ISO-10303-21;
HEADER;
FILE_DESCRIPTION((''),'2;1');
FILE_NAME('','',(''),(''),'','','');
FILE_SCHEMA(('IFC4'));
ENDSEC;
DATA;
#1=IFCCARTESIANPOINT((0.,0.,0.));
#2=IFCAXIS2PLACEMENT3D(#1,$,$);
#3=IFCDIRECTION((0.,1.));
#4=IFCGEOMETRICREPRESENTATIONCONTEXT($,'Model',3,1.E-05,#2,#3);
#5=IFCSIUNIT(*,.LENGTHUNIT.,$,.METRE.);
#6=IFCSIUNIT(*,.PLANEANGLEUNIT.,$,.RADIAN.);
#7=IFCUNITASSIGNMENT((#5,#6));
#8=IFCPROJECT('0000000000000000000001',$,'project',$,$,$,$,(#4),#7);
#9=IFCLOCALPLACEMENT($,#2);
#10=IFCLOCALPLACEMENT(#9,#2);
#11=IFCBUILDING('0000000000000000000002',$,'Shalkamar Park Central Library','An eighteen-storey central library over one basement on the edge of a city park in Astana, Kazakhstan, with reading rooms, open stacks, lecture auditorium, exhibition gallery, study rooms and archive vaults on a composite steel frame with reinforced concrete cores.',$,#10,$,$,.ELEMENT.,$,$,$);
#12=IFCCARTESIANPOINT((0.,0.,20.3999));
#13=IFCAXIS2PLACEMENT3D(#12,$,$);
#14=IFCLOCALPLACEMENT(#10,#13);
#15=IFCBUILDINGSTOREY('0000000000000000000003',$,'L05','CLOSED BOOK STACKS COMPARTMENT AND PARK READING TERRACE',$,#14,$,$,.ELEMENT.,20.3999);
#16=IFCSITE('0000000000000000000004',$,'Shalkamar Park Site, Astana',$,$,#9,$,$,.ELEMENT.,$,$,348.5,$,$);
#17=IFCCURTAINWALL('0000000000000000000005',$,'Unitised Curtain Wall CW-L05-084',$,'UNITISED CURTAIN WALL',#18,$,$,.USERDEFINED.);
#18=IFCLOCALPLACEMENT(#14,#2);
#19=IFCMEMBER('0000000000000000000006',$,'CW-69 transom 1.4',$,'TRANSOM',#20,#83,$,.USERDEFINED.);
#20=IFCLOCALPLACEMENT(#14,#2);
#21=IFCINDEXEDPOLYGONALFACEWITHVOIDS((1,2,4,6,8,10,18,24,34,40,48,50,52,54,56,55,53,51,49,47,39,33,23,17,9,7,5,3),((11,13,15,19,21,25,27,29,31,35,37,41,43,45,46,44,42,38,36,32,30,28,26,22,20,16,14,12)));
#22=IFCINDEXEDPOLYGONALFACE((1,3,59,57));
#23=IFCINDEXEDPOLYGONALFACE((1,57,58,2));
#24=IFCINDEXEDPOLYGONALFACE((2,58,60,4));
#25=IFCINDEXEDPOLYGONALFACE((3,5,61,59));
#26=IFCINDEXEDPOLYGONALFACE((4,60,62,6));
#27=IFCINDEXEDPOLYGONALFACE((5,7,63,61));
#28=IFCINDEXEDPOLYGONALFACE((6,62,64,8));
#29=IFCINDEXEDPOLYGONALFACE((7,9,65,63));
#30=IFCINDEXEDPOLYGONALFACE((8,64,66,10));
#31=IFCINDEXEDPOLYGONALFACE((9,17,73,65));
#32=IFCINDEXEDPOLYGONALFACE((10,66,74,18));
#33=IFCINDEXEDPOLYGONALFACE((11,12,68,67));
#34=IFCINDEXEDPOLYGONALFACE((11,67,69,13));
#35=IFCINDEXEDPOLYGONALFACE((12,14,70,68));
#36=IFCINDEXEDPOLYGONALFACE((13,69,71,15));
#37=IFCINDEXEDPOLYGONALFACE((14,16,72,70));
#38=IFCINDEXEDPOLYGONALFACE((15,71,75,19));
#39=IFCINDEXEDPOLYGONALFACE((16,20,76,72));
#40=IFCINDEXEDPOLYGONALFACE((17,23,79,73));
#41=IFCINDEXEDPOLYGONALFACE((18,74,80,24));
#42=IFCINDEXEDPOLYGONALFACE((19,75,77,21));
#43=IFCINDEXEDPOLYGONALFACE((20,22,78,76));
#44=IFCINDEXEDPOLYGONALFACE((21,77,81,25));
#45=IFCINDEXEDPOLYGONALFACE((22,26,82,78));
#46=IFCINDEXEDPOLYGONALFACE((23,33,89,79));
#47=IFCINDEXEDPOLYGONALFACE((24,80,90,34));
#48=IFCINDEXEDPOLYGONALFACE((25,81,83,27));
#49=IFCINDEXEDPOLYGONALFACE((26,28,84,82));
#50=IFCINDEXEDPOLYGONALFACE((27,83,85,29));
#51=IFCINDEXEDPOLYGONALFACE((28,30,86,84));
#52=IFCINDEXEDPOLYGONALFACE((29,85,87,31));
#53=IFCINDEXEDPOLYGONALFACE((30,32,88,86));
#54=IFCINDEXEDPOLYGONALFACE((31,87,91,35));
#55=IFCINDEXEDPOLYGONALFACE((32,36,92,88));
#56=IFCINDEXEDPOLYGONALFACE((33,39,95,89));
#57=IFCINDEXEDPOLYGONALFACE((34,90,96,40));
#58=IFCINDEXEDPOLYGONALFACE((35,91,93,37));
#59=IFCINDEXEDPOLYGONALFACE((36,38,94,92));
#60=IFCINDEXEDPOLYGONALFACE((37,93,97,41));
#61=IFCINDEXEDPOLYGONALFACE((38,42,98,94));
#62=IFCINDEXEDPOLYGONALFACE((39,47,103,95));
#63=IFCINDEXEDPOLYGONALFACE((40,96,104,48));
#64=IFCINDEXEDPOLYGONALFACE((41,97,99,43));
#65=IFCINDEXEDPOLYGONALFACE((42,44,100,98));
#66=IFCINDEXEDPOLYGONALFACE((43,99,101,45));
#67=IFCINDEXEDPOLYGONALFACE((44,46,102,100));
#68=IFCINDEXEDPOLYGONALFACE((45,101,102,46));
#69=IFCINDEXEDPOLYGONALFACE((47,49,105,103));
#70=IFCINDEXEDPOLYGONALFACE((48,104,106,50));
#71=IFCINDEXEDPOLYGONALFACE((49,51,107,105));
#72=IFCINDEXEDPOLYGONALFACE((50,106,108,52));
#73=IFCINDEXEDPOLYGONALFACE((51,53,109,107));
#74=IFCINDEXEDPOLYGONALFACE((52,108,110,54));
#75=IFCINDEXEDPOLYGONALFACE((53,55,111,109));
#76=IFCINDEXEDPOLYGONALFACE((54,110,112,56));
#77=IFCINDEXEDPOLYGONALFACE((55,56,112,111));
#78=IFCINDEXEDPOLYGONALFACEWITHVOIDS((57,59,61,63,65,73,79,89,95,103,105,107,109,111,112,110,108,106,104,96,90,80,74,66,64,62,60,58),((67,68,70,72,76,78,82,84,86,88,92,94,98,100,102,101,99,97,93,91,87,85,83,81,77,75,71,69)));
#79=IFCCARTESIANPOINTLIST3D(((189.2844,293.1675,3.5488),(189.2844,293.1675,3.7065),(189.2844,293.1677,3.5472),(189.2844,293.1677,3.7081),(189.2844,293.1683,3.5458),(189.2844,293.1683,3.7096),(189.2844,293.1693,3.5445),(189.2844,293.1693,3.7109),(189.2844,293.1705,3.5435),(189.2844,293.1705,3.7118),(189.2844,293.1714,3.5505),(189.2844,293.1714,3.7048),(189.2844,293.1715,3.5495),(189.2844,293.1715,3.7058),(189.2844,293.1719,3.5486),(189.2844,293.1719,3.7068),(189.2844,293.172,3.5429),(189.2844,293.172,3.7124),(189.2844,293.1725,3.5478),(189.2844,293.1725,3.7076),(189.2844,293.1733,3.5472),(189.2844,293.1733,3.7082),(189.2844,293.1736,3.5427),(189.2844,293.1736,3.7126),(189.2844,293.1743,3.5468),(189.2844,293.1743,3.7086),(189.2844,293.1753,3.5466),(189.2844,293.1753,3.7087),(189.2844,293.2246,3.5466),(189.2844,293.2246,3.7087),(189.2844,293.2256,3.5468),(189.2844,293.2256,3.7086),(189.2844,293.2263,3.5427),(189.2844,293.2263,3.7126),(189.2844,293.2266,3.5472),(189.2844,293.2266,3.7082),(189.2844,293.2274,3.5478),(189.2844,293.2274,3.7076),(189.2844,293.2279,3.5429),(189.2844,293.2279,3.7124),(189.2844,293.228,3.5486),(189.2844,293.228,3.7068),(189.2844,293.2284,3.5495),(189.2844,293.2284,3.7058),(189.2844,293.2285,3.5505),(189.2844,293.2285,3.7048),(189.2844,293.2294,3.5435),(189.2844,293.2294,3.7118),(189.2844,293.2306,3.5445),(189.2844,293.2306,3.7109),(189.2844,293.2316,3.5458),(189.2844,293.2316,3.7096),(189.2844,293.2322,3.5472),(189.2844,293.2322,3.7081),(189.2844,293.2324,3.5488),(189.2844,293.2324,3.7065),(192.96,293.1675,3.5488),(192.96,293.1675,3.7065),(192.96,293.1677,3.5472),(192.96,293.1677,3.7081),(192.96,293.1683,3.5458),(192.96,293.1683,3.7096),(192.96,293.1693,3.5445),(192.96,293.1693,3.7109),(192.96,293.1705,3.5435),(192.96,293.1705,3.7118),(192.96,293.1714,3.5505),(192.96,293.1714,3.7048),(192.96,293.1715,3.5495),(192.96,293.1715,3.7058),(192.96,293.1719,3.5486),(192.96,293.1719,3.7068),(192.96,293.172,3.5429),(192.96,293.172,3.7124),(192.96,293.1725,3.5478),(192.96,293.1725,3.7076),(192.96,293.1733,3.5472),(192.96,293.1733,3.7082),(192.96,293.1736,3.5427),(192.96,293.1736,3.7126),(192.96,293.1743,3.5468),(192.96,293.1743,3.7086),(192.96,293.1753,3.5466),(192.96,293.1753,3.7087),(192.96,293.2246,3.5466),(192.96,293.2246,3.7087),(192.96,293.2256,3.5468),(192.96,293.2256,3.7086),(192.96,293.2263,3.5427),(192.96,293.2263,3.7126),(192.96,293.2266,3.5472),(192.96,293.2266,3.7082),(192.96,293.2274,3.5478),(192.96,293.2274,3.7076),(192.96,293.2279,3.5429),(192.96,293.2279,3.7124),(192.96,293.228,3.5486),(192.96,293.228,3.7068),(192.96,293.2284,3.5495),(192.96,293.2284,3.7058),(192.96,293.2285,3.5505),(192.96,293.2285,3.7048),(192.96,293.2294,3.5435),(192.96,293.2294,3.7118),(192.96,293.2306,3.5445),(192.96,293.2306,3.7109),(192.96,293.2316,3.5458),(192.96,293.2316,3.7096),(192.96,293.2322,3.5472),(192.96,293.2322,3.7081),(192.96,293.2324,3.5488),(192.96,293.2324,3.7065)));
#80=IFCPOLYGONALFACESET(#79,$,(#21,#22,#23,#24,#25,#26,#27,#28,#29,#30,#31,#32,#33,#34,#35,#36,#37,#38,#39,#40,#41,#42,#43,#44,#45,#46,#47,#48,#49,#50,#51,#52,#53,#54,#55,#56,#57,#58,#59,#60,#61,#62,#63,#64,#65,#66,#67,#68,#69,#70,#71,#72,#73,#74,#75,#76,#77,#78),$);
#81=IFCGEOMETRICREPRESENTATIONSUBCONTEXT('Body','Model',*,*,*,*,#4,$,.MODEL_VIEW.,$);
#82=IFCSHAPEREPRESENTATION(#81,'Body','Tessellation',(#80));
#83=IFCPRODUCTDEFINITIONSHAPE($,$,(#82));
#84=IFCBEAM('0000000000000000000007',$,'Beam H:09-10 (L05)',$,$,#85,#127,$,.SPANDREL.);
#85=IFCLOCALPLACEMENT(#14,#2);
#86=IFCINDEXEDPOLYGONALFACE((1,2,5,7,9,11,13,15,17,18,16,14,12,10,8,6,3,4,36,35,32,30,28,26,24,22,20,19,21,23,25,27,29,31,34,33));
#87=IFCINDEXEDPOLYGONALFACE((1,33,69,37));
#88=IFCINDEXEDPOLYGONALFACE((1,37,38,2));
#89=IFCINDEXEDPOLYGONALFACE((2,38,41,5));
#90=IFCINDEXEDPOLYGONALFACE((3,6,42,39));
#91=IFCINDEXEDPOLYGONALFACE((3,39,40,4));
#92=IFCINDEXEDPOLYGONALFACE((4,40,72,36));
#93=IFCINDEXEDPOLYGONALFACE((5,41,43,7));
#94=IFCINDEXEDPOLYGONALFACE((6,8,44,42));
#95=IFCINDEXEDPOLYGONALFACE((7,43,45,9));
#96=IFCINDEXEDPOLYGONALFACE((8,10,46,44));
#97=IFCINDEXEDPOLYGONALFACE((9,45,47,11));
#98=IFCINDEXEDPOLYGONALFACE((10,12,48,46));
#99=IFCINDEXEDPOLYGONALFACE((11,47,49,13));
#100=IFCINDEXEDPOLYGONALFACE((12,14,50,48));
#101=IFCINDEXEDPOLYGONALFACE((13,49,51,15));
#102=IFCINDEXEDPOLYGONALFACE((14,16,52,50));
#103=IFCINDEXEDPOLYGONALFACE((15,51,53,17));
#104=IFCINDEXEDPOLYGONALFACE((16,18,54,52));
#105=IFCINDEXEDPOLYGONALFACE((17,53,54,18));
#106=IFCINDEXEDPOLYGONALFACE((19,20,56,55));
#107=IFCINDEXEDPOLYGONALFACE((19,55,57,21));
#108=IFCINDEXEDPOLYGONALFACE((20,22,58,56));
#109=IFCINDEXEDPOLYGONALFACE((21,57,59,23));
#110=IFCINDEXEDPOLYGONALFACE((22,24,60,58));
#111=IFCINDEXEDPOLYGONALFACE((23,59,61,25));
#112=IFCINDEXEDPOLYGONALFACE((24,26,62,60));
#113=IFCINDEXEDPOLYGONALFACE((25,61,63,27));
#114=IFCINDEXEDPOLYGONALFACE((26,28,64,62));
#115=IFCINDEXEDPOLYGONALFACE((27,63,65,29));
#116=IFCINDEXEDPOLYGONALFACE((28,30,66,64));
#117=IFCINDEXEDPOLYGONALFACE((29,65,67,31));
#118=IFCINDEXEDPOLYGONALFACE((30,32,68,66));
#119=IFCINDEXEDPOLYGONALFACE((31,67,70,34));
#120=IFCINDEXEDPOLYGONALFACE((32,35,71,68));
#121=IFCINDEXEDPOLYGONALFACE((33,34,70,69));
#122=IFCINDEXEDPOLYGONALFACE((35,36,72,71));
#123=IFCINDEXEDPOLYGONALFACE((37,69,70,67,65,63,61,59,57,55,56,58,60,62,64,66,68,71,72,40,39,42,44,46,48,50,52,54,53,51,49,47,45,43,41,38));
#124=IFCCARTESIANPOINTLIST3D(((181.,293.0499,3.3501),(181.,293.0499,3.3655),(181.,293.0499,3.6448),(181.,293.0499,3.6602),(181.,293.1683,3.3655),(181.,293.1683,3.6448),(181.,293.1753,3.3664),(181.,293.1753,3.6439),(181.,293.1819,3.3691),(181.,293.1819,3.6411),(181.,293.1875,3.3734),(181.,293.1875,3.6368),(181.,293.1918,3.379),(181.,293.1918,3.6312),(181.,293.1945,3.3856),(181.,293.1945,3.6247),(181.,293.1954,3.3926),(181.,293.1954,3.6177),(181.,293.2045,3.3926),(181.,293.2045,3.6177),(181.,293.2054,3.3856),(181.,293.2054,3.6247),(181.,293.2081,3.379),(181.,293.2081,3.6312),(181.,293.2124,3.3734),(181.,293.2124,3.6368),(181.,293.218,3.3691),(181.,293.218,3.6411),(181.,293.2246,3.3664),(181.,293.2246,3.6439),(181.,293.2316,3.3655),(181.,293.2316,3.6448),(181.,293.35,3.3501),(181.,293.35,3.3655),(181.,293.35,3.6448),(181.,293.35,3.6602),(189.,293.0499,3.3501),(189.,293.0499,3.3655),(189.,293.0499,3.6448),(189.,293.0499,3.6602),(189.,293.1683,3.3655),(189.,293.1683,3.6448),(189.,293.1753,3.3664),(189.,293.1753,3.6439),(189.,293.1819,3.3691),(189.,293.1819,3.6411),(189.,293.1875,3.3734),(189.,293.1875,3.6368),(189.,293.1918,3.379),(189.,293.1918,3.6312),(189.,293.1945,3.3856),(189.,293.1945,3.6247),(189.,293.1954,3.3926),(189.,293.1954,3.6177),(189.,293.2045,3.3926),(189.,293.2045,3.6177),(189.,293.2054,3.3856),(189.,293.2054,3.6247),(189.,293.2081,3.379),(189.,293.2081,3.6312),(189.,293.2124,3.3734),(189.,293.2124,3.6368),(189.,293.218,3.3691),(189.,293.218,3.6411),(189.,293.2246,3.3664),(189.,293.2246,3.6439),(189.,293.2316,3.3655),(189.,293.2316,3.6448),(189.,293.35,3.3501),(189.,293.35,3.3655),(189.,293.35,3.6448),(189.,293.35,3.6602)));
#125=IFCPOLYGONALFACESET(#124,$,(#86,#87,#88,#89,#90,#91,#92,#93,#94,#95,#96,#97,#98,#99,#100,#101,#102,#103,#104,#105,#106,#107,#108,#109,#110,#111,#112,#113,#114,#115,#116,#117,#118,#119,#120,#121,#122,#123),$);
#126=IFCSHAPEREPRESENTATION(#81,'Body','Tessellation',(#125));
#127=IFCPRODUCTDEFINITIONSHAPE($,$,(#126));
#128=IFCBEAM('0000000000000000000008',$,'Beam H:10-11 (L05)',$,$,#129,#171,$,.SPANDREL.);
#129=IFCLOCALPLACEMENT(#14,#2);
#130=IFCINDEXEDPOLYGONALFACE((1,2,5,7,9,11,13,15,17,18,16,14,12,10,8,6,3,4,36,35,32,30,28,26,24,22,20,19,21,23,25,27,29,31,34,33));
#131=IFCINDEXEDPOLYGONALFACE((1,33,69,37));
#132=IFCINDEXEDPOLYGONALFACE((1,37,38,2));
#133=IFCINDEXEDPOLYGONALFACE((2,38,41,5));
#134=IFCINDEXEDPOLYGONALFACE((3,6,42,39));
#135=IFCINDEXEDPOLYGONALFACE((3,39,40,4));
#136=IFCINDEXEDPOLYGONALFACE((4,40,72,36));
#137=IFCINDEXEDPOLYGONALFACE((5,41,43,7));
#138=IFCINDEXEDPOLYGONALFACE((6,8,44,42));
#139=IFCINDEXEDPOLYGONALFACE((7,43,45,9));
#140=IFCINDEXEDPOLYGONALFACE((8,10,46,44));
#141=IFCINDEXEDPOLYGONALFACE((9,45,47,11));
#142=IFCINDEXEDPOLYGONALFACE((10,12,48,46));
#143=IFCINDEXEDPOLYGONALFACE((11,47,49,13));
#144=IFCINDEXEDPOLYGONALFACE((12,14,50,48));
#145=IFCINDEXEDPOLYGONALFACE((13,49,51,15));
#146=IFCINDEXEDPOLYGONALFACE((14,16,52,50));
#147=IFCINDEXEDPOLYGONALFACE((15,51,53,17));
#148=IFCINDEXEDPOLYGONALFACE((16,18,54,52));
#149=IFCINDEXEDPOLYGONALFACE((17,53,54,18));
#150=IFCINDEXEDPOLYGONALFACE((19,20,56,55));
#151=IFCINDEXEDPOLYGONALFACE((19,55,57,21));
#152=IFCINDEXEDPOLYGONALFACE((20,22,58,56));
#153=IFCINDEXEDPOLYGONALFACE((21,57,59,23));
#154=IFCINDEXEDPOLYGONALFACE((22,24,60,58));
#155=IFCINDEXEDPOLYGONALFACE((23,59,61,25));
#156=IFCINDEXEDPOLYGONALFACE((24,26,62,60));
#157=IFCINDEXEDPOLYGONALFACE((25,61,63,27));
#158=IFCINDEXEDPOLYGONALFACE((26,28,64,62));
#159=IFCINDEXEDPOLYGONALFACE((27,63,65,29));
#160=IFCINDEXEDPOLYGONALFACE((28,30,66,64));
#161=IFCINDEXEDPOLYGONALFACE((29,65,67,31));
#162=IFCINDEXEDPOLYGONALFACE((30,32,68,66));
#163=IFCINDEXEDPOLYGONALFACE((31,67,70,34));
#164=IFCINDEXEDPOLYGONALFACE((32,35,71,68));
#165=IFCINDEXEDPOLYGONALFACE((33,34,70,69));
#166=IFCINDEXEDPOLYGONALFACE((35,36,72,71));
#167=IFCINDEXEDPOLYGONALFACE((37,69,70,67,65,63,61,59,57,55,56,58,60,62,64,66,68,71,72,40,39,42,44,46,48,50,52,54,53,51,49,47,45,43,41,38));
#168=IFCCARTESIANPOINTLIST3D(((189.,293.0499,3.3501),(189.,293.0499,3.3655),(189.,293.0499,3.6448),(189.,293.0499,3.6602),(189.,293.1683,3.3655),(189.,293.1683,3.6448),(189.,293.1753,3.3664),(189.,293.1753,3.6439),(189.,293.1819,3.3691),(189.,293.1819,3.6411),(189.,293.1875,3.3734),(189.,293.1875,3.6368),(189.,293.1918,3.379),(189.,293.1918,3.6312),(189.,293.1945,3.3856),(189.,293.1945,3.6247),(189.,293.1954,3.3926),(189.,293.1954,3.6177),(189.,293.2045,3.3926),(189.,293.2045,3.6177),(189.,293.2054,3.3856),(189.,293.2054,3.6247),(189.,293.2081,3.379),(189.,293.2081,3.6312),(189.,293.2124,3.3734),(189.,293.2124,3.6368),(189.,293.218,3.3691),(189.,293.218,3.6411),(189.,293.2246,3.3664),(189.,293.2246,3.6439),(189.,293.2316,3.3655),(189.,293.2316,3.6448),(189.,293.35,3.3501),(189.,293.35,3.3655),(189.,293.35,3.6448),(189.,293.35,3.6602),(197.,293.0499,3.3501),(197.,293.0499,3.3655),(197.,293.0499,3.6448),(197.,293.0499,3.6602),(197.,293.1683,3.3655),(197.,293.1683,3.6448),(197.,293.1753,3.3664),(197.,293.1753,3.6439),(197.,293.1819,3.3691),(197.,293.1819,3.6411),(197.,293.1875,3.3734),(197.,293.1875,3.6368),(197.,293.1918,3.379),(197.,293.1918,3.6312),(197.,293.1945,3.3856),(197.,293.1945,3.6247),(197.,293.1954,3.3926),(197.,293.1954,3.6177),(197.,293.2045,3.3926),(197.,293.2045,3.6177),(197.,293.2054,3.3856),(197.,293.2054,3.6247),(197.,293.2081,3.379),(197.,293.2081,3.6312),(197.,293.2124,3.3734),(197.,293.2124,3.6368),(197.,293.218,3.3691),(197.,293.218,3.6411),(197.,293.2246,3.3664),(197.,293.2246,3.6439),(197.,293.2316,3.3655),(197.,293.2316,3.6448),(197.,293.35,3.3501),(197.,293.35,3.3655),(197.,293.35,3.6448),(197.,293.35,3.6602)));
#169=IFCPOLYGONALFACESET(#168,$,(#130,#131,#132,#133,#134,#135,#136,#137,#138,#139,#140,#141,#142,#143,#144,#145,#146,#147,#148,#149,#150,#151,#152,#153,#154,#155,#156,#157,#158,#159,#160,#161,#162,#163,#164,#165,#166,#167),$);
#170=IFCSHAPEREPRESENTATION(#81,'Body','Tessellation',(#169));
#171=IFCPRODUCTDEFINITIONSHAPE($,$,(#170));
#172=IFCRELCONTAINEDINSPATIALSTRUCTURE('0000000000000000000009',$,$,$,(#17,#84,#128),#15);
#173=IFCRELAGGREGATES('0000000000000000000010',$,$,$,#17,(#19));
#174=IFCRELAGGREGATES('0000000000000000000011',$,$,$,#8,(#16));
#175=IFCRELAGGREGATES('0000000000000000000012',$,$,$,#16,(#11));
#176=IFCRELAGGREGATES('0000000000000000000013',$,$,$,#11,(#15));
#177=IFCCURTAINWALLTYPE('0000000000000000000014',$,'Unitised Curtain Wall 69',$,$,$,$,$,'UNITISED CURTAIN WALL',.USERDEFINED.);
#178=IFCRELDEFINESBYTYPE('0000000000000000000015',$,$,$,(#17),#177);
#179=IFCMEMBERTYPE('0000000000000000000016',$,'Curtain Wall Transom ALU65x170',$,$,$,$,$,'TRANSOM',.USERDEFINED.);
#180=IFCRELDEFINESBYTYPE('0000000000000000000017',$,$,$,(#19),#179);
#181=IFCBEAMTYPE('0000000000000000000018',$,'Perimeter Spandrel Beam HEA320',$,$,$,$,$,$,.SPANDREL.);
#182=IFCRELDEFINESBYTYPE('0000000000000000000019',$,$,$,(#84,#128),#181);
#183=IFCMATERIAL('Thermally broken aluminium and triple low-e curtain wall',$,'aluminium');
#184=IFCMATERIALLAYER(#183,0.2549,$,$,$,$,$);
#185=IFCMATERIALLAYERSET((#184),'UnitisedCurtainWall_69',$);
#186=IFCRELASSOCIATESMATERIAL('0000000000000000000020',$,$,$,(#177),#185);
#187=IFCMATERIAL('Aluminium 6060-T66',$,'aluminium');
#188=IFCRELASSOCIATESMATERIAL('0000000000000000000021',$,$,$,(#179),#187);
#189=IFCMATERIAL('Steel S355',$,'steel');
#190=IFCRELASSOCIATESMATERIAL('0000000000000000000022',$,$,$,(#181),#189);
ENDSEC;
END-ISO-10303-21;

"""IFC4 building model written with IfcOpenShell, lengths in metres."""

from ifc_helpers import new_model, si_unit, direction, frame, origin, origin_2d, place, context, subcontext, project, spatial, hollow_rectangle, i_section, extrude, material, layer, layer_set, material_profile, profile_set, type_object, element, aggregate, save


model = new_model("IFC4")

# Units and contexts
model_context = context("Model", 3, precision=1e-05, world=origin(), true_north=direction((0.0, 1.0)))
body_context = subcontext(model_context, "Body", "Model", "MODEL_VIEW")
ifc_project = project(units=[si_unit("LENGTHUNIT", "METRE"), si_unit("PLANEANGLEUNIT", "RADIAN")], contexts=[model_context])

# Site, building, storey
site_placement = place(None, origin())
site = spatial("IfcSite", under=ifc_project, at=site_placement, Name="Shalkamar Park Site, Astana", CompositionType="ELEMENT", RefElevation=348.5)
building_placement = place(site_placement, origin())
building = spatial("IfcBuilding", under=site, at=building_placement, Name="Shalkamar Park Central Library", Description="An eighteen-storey central library over one basement on the edge of a city park in Astana, Kazakhstan, with reading rooms, open stacks, lecture auditorium, exhibition gallery, study rooms and archive vaults on a composite steel frame with reinforced concrete cores.", CompositionType="ELEMENT")
storey_placement = place(building_placement, frame((0.0, 0.0, 20.3999)))
storey = spatial("IfcBuildingStorey", under=building, at=storey_placement, Name="L05", Description="CLOSED BOOK STACKS COMPARTMENT AND PARK READING TERRACE", CompositionType="ELEMENT", Elevation=20.3999)

# Shared definitions
ifc_material_1 = material(Name="Steel S355", Category="steel")

# Curtain wall, member
ifc_material_2 = material(Name="Thermally broken aluminium and triple low-e curtain wall", Category="aluminium")
ifc_layer_1 = layer(ifc_material_2, 0.2549)
ifc_layer_set_1 = layer_set([ifc_layer_1], Name="UnitisedCurtainWall_69")
curtain_wall_type = type_object("IfcCurtainWallType", Name="Unitised Curtain Wall 69", ElementType="UNITISED CURTAIN WALL", PredefinedType="USERDEFINED", material=ifc_layer_set_1)
curtain_wall_placement = place(storey_placement, origin())
curtain_wall = element("IfcCurtainWall", 1, at=curtain_wall_placement, inside=storey, type_object=curtain_wall_type, Name="Unitised Curtain Wall CW-L05-084", ObjectType="UNITISED CURTAIN WALL", PredefinedType="USERDEFINED")
ifc_material_3 = material(Name="Aluminium 6060-T66", Category="aluminium")
ifc_material_profile_1 = material_profile(ifc_material_3, hollow_rectangle(XDim=0.0649, YDim=0.1699, WallThickness=0.0039, InnerFilletRadius=0.0039, OuterFilletRadius=0.0061, at=origin_2d()), Name="ALU 65x170x4")
ifc_profile_set_1 = profile_set([ifc_material_profile_1], Name="Aluminium 6060-T66")
member_type_1 = type_object("IfcMemberType", Name="Curtain Wall Transom ALU65x170", ElementType="TRANSOM", PredefinedType="USERDEFINED", material=ifc_profile_set_1)
member_1_placement = place(storey_placement, frame((189.2844, 293.2, 3.6277), z_axis=(1.0, 0.0, 0.0), x_axis=(0.0, 1.0, 0.0)))
member_1 = element("IfcMember", 2, at=member_1_placement, type_object=member_type_1, Name="CW-69 transom 1.4", ObjectType="TRANSOM", PredefinedType="USERDEFINED", context=body_context, shape_type="SweptSolid", body=[
    extrude(hollow_rectangle(XDim=0.0649, YDim=0.1699, WallThickness=0.0039, InnerFilletRadius=0.0039, OuterFilletRadius=0.0061, at=origin_2d()), origin(), (0.0, 0.0, 1.0), 3.6755),
])

# Beams
ifc_material_profile_2 = material_profile(ifc_material_1, i_section(OverallWidth=0.3, OverallDepth=0.3101, WebThickness=0.009, FlangeThickness=0.0154, FilletRadius=0.0271, at=origin_2d()), Name="HEA 320")
ifc_profile_set_2 = profile_set([ifc_material_profile_2], Name="Steel S355")
beam_type_1 = type_object("IfcBeamType", Name="Perimeter Spandrel Beam HEA320", PredefinedType="SPANDREL", material=ifc_profile_set_2)
for number, where, z_axis, x_axis, name in (
    (3, (181.0, 293.2, 3.5051), (1.0, 0.0, 0.0), (0.0, 1.0, 0.0), "Beam H:09-10 (L05)"),
    (4, (189.0, 293.2, 3.5051), (1.0, 0.0, 0.0), (0.0, 1.0, 0.0), "Beam H:10-11 (L05)"),
):
    element("IfcBeam", number, at=place(storey_placement, frame(where, z_axis=z_axis, x_axis=x_axis)), inside=storey, type_object=beam_type_1, Name=name, PredefinedType="SPANDREL", context=body_context, shape_type="SweptSolid", body=[
        extrude(i_section(OverallWidth=0.3, OverallDepth=0.3101, WebThickness=0.009, FlangeThickness=0.0154, FilletRadius=0.0271, at=origin_2d()), origin(), (0.0, 0.0, 1.0), 8.0),
    ])

aggregate(curtain_wall, [member_1])

save(model, "model.ifc")
